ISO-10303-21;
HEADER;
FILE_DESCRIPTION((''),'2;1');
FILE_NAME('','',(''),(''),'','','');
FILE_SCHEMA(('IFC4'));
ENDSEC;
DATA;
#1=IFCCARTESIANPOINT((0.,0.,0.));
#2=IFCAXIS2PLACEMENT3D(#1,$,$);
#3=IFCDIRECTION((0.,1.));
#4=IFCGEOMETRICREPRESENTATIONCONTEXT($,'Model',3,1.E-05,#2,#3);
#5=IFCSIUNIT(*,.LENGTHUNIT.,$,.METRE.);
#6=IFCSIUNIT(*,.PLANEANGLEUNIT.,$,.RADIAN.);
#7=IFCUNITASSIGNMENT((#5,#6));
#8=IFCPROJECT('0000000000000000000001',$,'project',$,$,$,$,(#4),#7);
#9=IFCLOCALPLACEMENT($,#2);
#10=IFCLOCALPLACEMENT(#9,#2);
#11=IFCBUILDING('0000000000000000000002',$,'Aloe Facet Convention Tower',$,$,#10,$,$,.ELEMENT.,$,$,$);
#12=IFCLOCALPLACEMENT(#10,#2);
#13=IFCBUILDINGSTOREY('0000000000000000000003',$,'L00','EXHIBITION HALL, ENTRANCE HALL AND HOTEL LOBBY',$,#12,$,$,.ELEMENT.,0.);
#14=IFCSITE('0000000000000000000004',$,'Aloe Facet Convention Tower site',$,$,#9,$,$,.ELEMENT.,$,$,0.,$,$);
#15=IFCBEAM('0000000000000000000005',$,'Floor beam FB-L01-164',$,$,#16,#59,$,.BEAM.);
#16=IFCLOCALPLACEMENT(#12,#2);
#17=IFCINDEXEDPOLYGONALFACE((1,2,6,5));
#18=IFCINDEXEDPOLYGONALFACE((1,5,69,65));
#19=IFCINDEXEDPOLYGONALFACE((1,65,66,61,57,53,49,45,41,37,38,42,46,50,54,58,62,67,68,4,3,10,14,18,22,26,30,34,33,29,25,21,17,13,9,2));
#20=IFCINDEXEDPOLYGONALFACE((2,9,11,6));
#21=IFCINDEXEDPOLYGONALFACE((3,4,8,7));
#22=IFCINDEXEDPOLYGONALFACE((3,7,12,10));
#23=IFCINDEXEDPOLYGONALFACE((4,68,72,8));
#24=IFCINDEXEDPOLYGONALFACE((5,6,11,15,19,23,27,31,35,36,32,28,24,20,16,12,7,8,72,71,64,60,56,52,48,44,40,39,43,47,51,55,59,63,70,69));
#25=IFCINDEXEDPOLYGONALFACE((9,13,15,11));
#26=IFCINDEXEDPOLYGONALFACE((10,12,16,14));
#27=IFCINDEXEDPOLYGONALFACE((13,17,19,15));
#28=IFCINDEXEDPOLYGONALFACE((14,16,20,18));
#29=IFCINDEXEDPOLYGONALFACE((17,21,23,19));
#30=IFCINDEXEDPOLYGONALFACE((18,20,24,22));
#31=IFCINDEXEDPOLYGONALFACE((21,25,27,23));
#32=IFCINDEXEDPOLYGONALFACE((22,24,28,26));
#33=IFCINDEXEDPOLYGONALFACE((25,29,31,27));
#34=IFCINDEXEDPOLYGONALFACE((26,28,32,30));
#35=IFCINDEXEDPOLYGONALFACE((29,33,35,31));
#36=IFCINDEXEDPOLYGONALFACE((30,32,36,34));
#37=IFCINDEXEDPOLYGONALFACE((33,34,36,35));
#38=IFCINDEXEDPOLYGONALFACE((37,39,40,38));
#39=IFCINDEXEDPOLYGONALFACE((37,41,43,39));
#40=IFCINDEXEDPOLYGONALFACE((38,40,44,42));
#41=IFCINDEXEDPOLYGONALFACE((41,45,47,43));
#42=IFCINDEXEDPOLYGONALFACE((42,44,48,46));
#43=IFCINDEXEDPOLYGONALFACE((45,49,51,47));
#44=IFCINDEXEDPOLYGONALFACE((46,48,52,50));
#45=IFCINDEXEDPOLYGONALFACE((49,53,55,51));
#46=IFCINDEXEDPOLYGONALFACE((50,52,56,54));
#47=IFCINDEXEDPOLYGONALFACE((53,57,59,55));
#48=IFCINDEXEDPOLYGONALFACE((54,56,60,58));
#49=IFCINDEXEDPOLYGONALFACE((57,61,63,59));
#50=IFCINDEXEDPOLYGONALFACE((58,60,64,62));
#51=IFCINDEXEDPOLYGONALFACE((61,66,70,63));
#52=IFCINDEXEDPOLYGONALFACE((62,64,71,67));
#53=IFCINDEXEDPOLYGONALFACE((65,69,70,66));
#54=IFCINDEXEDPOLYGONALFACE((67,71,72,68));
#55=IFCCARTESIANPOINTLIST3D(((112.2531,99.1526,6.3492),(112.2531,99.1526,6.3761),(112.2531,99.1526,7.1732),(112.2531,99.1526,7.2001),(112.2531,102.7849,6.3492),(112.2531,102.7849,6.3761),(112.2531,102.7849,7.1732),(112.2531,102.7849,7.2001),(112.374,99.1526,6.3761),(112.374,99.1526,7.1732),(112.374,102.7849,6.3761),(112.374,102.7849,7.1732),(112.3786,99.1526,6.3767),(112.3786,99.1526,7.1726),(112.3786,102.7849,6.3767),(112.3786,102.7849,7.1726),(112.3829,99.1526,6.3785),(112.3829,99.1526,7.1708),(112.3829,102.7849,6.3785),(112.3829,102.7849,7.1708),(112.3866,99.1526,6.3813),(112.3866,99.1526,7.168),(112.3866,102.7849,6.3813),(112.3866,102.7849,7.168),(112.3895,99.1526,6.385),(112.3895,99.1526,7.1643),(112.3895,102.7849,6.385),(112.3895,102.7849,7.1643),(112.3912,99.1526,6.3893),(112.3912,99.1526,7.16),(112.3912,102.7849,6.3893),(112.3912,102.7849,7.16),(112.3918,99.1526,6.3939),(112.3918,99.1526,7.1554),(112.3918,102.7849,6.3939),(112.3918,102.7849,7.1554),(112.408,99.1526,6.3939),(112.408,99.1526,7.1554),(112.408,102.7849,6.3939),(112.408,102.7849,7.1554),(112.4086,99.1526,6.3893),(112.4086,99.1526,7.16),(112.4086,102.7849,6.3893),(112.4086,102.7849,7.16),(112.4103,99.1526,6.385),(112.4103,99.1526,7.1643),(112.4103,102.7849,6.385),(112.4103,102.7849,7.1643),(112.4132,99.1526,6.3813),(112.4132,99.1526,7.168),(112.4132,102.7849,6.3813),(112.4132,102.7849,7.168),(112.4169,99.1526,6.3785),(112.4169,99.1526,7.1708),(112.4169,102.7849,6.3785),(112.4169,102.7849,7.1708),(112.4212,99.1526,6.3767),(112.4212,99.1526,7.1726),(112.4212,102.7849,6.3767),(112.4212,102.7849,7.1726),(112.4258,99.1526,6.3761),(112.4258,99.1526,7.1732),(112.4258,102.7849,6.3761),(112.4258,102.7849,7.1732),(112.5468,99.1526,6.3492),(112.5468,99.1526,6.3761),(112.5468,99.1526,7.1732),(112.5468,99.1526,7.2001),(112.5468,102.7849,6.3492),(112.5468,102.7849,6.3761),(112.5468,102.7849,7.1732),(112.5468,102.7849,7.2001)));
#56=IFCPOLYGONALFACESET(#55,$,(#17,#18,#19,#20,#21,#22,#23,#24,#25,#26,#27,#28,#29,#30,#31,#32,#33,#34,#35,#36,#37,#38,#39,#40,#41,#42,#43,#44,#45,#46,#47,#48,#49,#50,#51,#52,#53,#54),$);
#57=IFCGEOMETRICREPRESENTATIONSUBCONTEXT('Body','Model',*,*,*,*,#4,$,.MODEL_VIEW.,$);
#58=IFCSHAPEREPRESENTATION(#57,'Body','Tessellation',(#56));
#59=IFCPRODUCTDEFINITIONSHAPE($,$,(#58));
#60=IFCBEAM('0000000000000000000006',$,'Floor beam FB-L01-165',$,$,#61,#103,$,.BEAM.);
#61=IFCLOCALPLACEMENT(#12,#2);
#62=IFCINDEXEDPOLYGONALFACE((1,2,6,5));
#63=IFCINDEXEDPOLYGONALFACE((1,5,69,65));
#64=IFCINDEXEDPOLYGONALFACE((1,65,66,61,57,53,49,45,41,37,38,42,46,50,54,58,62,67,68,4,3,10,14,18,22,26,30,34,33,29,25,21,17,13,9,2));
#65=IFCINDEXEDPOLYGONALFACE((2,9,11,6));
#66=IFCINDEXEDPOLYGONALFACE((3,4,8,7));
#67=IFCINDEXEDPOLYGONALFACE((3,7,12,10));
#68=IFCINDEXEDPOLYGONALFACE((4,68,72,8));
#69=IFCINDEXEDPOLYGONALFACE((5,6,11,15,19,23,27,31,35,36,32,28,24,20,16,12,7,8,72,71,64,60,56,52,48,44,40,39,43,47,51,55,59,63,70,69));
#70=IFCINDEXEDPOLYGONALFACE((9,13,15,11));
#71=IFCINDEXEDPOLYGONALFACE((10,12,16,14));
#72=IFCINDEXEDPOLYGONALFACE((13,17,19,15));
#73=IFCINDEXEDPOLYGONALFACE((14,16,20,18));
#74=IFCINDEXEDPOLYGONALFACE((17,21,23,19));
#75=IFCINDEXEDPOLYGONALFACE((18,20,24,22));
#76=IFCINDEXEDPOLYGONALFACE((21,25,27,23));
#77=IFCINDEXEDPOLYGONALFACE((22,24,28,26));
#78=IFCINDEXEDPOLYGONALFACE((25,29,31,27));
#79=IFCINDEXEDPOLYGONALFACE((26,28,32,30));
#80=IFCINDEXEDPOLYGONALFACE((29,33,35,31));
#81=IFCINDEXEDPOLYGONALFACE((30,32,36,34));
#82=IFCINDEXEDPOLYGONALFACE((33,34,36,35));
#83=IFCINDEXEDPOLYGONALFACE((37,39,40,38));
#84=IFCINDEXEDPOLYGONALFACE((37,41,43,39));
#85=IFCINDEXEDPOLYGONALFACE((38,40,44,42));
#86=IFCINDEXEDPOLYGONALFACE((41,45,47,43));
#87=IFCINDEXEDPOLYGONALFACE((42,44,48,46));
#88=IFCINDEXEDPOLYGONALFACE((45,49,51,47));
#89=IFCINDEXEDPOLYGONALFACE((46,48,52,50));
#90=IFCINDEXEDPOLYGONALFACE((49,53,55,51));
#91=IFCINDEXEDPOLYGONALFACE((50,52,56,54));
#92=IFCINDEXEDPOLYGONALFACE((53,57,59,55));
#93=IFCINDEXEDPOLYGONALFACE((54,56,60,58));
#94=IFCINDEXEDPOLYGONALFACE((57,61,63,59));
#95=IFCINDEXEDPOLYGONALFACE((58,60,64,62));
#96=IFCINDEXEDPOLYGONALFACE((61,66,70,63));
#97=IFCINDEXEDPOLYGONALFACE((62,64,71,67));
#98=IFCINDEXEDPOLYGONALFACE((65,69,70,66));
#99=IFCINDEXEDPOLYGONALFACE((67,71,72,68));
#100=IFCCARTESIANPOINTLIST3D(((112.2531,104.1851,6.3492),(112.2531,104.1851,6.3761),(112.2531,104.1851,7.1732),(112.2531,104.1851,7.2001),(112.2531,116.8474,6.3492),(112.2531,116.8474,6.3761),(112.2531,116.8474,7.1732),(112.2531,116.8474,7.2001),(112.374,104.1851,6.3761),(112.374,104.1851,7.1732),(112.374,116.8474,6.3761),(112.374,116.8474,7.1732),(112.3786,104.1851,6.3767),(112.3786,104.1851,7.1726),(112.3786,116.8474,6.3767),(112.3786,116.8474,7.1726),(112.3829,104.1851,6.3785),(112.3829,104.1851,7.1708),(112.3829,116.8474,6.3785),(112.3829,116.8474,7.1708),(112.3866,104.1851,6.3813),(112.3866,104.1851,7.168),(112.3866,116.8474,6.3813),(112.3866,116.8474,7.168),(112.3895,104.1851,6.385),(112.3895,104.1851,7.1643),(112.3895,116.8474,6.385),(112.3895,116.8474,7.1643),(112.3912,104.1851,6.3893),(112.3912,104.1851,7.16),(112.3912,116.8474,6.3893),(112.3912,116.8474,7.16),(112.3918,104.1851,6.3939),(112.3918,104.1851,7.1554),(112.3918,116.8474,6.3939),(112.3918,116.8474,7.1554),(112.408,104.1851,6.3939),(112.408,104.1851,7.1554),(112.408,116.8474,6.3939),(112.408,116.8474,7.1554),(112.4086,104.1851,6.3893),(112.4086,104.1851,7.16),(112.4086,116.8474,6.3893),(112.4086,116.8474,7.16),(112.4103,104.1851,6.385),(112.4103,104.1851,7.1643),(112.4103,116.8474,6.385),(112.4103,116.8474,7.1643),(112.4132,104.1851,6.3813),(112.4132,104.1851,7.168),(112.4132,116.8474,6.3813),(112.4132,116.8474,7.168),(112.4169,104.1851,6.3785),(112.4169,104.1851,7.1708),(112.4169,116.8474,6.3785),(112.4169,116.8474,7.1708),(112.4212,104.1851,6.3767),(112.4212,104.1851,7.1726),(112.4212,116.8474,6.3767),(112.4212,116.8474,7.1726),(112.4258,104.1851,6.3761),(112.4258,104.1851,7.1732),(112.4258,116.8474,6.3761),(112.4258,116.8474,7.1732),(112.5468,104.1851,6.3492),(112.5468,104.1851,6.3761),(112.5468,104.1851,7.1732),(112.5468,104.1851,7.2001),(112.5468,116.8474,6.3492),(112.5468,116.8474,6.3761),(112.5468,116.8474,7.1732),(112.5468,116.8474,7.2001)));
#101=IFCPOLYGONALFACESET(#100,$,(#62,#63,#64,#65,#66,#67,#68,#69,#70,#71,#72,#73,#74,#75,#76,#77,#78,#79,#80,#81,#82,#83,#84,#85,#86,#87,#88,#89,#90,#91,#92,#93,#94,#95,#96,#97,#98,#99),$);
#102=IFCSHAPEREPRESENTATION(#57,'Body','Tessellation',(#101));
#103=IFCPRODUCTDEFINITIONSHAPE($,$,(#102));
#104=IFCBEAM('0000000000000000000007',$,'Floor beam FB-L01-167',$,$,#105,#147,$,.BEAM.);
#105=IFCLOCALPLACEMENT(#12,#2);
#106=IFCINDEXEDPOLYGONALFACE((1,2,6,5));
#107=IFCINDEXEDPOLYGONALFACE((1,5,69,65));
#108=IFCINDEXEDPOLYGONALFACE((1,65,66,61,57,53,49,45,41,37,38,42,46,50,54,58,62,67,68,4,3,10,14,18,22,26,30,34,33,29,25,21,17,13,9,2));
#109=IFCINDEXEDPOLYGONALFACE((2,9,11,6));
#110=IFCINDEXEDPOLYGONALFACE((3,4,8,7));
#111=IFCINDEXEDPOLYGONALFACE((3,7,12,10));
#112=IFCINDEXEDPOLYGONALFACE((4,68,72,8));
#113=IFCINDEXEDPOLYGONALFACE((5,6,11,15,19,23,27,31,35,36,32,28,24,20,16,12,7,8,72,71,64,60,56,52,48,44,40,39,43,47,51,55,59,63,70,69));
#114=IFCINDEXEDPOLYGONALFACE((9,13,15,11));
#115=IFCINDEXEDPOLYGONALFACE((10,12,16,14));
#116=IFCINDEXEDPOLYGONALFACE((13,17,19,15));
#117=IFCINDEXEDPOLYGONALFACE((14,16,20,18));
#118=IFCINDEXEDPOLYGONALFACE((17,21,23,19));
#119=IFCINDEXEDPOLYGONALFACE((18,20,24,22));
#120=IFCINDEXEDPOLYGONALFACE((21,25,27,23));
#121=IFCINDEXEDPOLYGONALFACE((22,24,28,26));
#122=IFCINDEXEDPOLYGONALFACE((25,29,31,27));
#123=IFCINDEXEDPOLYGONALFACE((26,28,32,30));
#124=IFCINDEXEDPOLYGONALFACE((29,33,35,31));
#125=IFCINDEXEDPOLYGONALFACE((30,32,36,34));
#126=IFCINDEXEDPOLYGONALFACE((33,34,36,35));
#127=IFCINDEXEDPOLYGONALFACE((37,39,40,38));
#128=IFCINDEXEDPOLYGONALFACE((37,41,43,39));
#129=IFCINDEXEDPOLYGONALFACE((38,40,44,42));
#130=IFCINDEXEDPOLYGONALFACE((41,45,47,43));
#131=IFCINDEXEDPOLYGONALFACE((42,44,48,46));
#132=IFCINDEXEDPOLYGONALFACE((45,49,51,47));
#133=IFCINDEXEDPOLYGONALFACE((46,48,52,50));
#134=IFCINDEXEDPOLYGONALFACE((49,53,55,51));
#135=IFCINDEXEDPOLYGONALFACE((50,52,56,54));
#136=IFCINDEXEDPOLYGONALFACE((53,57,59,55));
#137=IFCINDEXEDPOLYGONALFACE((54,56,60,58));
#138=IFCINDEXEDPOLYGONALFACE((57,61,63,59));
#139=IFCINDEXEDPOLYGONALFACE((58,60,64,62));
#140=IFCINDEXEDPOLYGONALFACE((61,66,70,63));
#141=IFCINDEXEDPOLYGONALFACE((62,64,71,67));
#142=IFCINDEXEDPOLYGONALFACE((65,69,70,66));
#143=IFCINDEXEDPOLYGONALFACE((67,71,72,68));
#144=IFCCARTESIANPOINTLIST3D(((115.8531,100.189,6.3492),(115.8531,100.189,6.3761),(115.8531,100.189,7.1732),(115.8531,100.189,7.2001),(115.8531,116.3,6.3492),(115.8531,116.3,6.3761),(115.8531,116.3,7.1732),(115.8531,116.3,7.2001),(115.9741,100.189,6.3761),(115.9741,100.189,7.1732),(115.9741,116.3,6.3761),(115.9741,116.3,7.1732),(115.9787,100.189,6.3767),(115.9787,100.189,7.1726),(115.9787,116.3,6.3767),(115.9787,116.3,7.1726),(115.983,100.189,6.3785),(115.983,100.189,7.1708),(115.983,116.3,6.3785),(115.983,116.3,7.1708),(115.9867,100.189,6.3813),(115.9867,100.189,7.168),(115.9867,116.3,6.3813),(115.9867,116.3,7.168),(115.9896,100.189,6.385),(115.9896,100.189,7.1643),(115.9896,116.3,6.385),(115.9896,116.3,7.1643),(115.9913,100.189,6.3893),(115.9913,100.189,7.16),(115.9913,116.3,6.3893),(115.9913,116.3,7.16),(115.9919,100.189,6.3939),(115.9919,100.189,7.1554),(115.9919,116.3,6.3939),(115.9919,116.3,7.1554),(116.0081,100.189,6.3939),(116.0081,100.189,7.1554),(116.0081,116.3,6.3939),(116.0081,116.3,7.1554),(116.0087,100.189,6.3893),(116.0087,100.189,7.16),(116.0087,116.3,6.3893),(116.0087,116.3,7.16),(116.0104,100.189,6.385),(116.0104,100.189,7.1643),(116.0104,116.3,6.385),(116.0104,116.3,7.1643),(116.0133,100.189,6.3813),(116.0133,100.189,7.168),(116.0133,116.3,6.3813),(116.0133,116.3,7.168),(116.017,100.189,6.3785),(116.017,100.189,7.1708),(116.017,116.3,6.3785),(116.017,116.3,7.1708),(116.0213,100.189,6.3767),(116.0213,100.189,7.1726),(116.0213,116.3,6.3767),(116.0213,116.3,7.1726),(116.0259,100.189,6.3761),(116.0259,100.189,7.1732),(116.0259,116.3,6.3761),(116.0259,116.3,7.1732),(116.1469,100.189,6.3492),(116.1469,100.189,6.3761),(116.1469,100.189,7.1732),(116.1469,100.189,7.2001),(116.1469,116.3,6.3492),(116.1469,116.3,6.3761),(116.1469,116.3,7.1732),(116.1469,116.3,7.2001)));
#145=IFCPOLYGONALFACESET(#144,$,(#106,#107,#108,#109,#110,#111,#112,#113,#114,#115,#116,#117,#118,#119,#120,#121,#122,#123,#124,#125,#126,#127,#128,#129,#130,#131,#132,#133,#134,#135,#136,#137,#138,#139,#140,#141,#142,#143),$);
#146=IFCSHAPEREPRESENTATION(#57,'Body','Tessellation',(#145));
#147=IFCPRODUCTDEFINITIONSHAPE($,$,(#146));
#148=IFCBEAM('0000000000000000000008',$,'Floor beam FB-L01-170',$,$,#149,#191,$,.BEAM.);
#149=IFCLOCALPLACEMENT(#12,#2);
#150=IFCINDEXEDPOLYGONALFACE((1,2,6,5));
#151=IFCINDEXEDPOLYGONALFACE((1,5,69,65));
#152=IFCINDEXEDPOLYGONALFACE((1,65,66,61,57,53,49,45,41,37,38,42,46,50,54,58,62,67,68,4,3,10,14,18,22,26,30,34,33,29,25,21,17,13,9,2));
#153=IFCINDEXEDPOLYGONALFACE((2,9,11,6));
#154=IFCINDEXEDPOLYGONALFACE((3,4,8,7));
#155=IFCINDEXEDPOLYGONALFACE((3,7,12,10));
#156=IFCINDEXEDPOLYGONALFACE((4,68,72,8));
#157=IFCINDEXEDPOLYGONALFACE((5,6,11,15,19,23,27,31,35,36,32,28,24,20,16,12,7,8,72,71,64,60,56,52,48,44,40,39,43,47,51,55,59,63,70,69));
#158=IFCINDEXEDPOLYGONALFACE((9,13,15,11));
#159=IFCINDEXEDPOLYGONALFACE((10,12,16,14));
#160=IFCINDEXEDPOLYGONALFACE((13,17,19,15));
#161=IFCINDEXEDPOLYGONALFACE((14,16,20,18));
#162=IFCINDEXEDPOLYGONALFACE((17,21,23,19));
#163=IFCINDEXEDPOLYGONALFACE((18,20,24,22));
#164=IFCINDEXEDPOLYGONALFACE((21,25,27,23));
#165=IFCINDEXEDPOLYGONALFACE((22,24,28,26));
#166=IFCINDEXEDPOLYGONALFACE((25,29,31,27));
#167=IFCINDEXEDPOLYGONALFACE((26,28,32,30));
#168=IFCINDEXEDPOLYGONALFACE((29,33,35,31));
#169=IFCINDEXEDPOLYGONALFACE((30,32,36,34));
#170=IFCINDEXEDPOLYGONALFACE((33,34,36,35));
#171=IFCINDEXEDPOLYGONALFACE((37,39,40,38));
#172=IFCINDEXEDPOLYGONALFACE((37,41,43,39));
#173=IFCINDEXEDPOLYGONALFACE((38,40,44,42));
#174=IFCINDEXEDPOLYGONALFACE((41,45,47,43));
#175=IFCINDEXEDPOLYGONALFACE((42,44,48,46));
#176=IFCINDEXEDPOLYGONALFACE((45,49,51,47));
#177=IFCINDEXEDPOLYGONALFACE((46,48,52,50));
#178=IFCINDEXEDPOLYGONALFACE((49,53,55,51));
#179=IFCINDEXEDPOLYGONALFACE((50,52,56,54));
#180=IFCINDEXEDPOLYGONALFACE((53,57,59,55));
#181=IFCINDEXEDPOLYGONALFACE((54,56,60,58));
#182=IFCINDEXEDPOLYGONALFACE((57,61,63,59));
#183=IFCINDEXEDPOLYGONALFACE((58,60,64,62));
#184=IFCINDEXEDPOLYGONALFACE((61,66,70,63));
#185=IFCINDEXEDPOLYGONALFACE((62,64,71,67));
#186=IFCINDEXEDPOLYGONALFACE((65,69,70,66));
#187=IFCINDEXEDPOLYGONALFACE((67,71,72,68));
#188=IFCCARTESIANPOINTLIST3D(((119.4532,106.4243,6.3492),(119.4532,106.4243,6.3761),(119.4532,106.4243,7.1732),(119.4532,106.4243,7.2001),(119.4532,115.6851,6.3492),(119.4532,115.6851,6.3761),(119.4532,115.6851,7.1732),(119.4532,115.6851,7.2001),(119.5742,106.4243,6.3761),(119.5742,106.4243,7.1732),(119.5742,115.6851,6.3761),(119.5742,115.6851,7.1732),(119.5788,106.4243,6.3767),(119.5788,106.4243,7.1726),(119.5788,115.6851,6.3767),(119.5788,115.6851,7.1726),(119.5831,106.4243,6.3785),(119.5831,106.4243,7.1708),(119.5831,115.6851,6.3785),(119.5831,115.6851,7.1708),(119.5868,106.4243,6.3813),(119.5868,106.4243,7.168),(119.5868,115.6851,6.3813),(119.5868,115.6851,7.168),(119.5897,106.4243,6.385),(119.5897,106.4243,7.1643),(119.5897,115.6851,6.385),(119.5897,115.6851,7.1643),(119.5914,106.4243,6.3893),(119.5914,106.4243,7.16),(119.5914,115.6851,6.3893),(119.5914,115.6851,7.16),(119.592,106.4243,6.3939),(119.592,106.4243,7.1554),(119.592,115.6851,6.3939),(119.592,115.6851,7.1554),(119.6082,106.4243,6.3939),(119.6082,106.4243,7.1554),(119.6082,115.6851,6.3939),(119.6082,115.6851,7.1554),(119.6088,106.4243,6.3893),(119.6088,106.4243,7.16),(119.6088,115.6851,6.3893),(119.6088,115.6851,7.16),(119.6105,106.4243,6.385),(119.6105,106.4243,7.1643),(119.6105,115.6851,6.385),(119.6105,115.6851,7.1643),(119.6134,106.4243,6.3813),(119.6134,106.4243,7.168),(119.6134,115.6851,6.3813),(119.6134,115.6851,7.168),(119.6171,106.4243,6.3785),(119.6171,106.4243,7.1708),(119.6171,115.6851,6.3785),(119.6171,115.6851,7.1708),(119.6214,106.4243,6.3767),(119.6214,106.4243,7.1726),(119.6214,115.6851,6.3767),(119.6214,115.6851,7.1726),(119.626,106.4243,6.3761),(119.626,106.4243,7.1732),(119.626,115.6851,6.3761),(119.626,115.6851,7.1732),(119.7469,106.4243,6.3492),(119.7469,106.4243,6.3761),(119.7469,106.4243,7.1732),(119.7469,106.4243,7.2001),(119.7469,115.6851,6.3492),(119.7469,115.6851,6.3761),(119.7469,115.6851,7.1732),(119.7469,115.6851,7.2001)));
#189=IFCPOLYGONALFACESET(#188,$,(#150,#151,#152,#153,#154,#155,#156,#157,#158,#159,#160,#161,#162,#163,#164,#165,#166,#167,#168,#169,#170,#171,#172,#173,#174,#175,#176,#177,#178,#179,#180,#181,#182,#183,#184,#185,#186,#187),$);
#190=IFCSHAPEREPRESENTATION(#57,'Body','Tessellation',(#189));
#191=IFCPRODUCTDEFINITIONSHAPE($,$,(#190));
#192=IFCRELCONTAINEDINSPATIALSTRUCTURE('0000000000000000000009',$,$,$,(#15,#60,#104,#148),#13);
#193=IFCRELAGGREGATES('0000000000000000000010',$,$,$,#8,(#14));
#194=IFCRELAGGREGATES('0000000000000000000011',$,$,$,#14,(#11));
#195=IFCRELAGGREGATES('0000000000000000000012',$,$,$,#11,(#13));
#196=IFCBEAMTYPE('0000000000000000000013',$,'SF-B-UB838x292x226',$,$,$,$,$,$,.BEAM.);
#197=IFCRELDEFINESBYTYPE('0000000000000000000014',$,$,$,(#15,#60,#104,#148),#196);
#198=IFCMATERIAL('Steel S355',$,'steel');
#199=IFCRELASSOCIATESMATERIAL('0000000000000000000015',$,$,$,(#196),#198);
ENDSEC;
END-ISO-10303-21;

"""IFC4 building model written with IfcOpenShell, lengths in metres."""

from ifc_helpers import new_model, si_unit, direction, frame, origin, origin_2d, place, context, subcontext, project, spatial, i_section, extrude, material, material_profile, profile_set, type_object, element, save


model = new_model("IFC4")

# Units and contexts
model_context = context("Model", 3, precision=1e-05, world=origin(), true_north=direction((0.0, 1.0)))
body_context = subcontext(model_context, "Body", "Model", "MODEL_VIEW")
ifc_project = project(units=[si_unit("LENGTHUNIT", "METRE"), si_unit("PLANEANGLEUNIT", "RADIAN")], contexts=[model_context])

# Site, building, storey
site_placement = place(None, origin())
site = spatial("IfcSite", under=ifc_project, at=site_placement, Name="Aloe Facet Convention Tower site", CompositionType="ELEMENT", RefElevation=0.0)
building_placement = place(site_placement, origin())
building = spatial("IfcBuilding", under=site, at=building_placement, Name="Aloe Facet Convention Tower", CompositionType="ELEMENT")
storey_placement = place(building_placement, origin())
storey = spatial("IfcBuildingStorey", under=building, at=storey_placement, Name="L00", Description="EXHIBITION HALL, ENTRANCE HALL AND HOTEL LOBBY", CompositionType="ELEMENT", Elevation=0.0)

# Beams
ifc_material_1 = material(Name="Steel S355", Category="steel")
ifc_material_profile_1 = material_profile(ifc_material_1, i_section(OverallWidth=0.2937, OverallDepth=0.8508, WebThickness=0.0161, FlangeThickness=0.0269, FilletRadius=0.0178, at=origin_2d()), Name="UB 838x292x226")
ifc_profile_set_1 = profile_set([ifc_material_profile_1], Name="Steel S355")
beam_type_1 = type_object("IfcBeamType", Name="SF-B-UB838x292x226", PredefinedType="BEAM", material=ifc_profile_set_1)
beam_1_placement = place(storey_placement, frame((112.3999, 99.1526, 6.7747), z_axis=(0.0, 1.0, 0.0), x_axis=(-1.0, 0.0, 0.0)))
element("IfcBeam", 1, at=beam_1_placement, inside=storey, type_object=beam_type_1, Name="Floor beam FB-L01-164", PredefinedType="BEAM", context=body_context, shape_type="SweptSolid", body=[
    extrude(i_section(OverallWidth=0.2937, OverallDepth=0.8508, WebThickness=0.0161, FlangeThickness=0.0269, FilletRadius=0.0178, at=origin_2d()), origin(), (0.0, 0.0, 1.0), 3.6323),
])
beam_2_placement = place(storey_placement, frame((112.3999, 104.1851, 6.7747), z_axis=(0.0, 1.0, 0.0), x_axis=(-1.0, 0.0, 0.0)))
element("IfcBeam", 2, at=beam_2_placement, inside=storey, type_object=beam_type_1, Name="Floor beam FB-L01-165", PredefinedType="BEAM", context=body_context, shape_type="SweptSolid", body=[
    extrude(i_section(OverallWidth=0.2937, OverallDepth=0.8508, WebThickness=0.0161, FlangeThickness=0.0269, FilletRadius=0.0178, at=origin_2d()), origin(), (0.0, 0.0, 1.0), 12.6624),
])
beam_3_placement = place(storey_placement, frame((116.0, 100.189, 6.7747), z_axis=(0.0, 1.0, 0.0), x_axis=(-1.0, 0.0, 0.0)))
element("IfcBeam", 3, at=beam_3_placement, inside=storey, type_object=beam_type_1, Name="Floor beam FB-L01-167", PredefinedType="BEAM", context=body_context, shape_type="SweptSolid", body=[
    extrude(i_section(OverallWidth=0.2937, OverallDepth=0.8508, WebThickness=0.0161, FlangeThickness=0.0269, FilletRadius=0.0178, at=origin_2d()), origin(), (0.0, 0.0, 1.0), 16.1111),
])
beam_4_placement = place(storey_placement, frame((119.6001, 106.4243, 6.7747), z_axis=(0.0, 1.0, 0.0), x_axis=(-1.0, 0.0, 0.0)))
element("IfcBeam", 4, at=beam_4_placement, inside=storey, type_object=beam_type_1, Name="Floor beam FB-L01-170", PredefinedType="BEAM", context=body_context, shape_type="SweptSolid", body=[
    extrude(i_section(OverallWidth=0.2937, OverallDepth=0.8508, WebThickness=0.0161, FlangeThickness=0.0269, FilletRadius=0.0178, at=origin_2d()), origin(), (0.0, 0.0, 1.0), 9.2607),
])

save(model, "model.ifc")
